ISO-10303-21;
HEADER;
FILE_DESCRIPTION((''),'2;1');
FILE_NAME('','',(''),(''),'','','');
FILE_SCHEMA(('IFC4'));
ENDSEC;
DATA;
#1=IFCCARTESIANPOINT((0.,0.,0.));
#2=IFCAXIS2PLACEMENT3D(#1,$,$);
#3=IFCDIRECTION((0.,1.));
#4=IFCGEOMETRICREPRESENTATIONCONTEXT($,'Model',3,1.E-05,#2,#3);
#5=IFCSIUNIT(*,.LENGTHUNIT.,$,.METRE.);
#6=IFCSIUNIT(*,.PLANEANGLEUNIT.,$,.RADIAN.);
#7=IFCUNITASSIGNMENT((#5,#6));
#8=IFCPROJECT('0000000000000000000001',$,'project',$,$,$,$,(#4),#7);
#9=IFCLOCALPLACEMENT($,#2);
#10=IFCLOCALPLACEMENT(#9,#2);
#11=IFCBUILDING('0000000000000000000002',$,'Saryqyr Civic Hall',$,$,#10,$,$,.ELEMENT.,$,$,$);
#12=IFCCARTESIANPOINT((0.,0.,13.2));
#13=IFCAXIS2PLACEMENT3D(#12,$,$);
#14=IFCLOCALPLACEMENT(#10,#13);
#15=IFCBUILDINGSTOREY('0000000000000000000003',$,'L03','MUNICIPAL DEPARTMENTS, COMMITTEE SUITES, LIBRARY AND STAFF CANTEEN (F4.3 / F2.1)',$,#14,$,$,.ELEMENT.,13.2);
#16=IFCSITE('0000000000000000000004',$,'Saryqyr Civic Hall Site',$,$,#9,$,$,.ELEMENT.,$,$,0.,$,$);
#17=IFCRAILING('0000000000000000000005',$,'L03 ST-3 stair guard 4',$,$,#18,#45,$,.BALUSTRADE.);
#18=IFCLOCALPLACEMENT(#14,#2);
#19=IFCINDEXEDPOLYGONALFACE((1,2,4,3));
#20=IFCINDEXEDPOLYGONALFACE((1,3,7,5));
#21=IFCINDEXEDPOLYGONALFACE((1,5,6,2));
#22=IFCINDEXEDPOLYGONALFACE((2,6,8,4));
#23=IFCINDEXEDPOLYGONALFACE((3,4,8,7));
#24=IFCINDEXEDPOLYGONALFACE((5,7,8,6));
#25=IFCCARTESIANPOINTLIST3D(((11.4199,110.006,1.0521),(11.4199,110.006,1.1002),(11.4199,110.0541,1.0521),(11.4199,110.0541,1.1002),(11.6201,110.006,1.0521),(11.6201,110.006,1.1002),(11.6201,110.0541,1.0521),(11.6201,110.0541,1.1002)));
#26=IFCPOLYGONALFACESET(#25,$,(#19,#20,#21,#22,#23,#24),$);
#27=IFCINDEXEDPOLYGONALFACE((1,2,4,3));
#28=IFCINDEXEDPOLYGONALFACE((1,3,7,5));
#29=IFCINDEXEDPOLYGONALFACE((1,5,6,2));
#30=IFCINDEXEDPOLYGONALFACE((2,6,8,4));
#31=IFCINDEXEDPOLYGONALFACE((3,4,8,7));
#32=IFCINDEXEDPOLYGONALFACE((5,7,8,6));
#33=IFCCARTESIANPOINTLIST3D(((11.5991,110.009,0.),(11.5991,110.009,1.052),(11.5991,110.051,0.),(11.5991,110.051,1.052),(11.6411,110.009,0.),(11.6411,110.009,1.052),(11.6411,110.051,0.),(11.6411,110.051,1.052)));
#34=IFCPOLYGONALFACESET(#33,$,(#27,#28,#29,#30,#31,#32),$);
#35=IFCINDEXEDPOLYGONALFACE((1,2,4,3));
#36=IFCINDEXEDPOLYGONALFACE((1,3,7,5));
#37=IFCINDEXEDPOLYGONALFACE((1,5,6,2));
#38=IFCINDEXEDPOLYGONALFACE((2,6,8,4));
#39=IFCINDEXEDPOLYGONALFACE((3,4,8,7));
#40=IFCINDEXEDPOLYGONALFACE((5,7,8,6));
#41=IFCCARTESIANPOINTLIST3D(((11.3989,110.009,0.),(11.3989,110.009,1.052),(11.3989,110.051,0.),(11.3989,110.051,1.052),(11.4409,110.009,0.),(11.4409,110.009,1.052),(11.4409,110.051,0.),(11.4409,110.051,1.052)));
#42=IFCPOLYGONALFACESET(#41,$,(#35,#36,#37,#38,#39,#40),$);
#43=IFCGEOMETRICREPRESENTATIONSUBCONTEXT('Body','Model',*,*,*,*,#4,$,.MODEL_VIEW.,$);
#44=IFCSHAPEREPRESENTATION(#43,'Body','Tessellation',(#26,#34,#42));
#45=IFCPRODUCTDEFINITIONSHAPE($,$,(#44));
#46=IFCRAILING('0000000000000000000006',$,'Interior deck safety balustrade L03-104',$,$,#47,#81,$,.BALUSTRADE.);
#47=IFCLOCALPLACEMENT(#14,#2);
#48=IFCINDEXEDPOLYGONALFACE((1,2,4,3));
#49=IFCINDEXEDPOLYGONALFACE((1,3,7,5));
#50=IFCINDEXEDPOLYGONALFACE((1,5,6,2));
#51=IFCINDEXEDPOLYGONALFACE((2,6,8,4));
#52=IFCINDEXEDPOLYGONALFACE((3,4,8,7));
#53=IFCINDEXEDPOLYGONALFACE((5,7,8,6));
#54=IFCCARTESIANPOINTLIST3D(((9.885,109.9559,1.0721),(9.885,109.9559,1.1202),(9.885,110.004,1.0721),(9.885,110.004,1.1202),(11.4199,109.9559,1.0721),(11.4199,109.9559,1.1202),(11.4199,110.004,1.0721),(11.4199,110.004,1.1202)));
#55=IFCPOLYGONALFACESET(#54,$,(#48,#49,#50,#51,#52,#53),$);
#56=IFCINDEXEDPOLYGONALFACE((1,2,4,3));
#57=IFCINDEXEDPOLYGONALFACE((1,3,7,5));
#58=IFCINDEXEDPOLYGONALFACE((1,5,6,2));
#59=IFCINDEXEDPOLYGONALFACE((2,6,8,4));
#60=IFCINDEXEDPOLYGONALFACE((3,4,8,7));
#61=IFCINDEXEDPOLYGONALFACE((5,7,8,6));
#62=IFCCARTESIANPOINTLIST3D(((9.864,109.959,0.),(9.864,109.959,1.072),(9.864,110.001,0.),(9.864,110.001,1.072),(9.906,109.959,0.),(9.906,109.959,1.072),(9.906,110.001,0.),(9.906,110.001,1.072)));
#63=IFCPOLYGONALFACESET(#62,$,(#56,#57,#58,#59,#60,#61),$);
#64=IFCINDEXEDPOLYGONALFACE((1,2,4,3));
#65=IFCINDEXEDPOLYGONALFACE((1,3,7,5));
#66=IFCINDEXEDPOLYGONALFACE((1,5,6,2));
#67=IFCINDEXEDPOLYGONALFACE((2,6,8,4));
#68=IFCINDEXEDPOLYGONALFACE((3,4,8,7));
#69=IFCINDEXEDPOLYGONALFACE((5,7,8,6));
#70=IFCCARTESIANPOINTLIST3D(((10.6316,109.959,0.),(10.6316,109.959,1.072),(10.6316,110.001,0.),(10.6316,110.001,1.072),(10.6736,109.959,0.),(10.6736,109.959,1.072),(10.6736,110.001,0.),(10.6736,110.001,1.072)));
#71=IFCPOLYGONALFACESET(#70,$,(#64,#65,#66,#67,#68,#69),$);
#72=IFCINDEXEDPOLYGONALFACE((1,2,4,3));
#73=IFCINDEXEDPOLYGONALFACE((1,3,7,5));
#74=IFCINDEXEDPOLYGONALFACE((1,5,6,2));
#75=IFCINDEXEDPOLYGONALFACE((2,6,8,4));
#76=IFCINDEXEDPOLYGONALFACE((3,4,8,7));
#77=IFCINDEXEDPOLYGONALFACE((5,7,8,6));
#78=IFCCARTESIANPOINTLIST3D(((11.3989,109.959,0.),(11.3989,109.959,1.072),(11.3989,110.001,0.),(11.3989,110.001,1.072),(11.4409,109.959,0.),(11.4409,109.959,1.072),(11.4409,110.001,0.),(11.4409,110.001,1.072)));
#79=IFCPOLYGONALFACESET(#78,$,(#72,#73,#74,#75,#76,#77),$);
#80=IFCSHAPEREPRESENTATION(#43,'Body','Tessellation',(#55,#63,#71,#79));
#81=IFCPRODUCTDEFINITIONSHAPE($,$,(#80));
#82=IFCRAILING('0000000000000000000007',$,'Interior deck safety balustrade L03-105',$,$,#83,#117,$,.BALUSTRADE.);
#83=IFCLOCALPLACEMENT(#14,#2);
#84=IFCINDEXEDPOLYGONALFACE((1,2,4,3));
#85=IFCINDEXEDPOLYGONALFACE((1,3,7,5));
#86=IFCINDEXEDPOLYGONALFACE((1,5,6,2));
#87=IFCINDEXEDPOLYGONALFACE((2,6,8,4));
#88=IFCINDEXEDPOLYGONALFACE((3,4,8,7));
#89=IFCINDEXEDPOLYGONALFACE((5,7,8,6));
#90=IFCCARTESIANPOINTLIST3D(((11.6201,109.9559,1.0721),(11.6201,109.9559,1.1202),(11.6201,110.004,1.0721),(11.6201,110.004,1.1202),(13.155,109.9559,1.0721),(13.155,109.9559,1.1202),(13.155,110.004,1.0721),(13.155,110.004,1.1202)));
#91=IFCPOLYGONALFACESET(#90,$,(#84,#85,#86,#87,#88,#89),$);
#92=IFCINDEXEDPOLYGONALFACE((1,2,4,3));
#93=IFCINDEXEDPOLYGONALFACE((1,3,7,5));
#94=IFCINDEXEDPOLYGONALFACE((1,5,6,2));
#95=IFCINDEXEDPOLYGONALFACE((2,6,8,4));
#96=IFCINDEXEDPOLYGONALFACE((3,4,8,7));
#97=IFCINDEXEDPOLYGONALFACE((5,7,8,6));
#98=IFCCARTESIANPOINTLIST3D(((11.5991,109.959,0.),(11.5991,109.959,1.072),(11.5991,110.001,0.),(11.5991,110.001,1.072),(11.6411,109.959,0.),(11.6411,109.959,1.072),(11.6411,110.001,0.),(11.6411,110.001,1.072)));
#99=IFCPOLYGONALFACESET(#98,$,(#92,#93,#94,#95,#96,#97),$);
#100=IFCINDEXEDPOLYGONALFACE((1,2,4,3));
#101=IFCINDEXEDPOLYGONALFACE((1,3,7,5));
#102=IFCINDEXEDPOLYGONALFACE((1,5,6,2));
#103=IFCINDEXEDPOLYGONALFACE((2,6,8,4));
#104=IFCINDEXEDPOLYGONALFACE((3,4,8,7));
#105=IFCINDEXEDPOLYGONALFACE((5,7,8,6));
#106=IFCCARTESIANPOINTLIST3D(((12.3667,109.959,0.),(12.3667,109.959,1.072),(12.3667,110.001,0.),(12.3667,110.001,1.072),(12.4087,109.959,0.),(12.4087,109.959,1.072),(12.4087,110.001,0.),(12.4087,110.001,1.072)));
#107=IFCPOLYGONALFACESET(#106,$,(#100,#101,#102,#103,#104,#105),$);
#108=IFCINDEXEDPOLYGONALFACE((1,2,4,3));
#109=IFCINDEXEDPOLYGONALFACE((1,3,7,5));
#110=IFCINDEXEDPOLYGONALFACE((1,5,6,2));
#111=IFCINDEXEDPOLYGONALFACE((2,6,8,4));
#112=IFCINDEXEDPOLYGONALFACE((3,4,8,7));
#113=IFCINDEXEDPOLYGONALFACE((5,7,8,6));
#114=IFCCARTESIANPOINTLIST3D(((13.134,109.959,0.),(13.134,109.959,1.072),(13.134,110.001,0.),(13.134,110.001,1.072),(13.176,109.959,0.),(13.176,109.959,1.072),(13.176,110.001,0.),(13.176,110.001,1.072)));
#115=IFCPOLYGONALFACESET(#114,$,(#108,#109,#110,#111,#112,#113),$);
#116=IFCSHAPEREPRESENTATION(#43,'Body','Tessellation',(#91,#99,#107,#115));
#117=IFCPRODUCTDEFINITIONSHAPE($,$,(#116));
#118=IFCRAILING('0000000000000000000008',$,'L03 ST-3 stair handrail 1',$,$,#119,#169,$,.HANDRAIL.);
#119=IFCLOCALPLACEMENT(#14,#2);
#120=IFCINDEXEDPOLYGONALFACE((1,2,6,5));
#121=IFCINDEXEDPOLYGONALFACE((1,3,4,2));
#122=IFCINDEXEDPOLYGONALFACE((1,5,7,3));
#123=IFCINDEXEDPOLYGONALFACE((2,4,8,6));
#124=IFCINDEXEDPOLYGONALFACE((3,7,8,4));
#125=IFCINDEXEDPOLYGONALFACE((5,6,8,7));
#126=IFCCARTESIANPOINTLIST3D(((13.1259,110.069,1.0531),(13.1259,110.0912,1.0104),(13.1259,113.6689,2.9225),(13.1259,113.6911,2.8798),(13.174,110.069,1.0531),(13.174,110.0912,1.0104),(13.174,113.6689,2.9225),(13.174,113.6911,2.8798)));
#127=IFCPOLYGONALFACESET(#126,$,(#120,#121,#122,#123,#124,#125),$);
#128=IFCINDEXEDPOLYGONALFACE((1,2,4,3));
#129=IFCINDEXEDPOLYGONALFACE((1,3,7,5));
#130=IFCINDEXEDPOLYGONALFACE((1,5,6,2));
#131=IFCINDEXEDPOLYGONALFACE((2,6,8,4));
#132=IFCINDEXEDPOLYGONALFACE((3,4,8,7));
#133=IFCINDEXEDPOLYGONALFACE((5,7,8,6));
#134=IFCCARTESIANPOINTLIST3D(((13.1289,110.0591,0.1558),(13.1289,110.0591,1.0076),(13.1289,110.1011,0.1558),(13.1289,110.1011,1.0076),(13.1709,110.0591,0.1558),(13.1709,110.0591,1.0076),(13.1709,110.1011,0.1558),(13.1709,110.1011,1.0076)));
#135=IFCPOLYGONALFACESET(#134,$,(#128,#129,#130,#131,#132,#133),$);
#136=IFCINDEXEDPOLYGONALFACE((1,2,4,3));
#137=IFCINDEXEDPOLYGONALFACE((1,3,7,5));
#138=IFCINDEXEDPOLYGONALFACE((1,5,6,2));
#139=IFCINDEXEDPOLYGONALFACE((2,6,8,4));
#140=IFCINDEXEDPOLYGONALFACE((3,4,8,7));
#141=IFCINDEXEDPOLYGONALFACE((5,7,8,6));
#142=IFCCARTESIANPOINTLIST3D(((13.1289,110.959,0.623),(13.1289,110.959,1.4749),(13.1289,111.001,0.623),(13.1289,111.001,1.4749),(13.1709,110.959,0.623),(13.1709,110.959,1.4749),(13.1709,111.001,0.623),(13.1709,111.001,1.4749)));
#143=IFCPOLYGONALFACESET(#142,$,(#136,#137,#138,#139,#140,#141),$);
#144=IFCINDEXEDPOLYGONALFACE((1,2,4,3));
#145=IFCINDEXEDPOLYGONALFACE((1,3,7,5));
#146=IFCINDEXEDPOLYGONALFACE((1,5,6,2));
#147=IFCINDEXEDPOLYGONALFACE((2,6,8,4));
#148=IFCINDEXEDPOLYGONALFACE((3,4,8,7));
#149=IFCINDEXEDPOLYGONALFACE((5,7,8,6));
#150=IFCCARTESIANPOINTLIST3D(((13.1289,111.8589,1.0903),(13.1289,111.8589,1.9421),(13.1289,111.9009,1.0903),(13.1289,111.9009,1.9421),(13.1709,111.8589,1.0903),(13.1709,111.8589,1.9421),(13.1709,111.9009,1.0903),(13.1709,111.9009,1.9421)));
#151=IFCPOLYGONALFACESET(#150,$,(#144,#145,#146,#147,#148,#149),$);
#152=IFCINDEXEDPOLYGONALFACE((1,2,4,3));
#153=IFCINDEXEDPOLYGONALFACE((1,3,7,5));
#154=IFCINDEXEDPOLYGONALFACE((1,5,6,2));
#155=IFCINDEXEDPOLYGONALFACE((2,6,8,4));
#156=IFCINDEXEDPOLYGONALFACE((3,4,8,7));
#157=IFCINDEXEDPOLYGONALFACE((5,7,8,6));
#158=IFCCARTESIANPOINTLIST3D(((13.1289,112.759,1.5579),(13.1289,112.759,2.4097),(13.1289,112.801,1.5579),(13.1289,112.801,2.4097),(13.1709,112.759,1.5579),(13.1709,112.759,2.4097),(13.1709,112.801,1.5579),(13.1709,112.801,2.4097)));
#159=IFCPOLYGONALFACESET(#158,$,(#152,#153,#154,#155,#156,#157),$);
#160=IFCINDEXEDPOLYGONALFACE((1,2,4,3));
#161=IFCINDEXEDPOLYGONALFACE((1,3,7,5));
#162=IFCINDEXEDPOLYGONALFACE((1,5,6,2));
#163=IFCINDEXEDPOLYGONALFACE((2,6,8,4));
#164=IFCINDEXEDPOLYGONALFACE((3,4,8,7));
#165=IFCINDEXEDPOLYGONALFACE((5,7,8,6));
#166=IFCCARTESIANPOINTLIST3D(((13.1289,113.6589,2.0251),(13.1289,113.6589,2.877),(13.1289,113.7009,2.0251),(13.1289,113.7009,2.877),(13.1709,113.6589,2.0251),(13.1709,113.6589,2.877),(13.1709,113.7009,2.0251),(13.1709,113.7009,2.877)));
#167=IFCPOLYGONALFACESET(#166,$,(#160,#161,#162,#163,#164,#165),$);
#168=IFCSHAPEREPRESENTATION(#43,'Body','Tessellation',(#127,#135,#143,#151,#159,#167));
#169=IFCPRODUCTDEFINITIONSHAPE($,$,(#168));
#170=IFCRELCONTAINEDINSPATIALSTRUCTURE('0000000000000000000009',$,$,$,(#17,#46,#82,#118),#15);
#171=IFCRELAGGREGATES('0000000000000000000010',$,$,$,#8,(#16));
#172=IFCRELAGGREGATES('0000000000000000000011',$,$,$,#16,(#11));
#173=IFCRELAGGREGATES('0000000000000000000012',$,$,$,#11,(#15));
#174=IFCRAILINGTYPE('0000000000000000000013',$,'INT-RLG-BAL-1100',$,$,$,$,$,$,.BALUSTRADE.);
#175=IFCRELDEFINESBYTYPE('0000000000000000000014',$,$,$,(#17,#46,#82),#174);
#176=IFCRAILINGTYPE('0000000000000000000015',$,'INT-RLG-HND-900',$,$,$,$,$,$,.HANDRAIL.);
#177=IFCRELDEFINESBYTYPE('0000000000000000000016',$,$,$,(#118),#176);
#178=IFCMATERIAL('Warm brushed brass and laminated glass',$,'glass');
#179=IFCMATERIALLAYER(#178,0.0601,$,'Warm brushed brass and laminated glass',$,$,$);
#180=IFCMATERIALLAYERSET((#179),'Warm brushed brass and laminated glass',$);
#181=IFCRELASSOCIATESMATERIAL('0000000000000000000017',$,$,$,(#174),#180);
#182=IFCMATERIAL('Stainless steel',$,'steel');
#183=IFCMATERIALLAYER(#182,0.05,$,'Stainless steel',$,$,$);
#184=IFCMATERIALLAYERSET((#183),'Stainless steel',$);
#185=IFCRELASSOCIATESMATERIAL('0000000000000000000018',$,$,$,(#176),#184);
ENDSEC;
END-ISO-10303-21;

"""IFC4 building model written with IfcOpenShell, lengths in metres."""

from ifc_helpers import new_model, si_unit, direction, frame, origin, origin_2d, place, context, subcontext, project, spatial, rectangle, extrude, material, layer, layer_set, type_object, element, save


model = new_model("IFC4")

# Units and contexts
model_context = context("Model", 3, precision=1e-05, world=origin(), true_north=direction((0.0, 1.0)))
body_context = subcontext(model_context, "Body", "Model", "MODEL_VIEW")
ifc_project = project(units=[si_unit("LENGTHUNIT", "METRE"), si_unit("PLANEANGLEUNIT", "RADIAN")], contexts=[model_context])

# Site, building, storey
site_placement = place(None, origin())
site = spatial("IfcSite", under=ifc_project, at=site_placement, Name="Saryqyr Civic Hall Site", CompositionType="ELEMENT", RefElevation=0.0)
building_placement = place(site_placement, origin())
building = spatial("IfcBuilding", under=site, at=building_placement, Name="Saryqyr Civic Hall", CompositionType="ELEMENT")
storey_placement = place(building_placement, frame((0.0, 0.0, 13.2)))
storey = spatial("IfcBuildingStorey", under=building, at=storey_placement, Name="L03", Description="MUNICIPAL DEPARTMENTS, COMMITTEE SUITES, LIBRARY AND STAFF CANTEEN (F4.3 / F2.1)", CompositionType="ELEMENT", Elevation=13.2)

# Railings
ifc_material_1 = material(Name="Warm brushed brass and laminated glass", Category="glass")
ifc_layer_1 = layer(ifc_material_1, 0.0601, Name="Warm brushed brass and laminated glass")
ifc_layer_set_1 = layer_set([ifc_layer_1], Name="Warm brushed brass and laminated glass")
railing_type_1 = type_object("IfcRailingType", Name="INT-RLG-BAL-1100", PredefinedType="BALUSTRADE", material=ifc_layer_set_1)
railing_1_placement = place(storey_placement, frame((11.6201, 110.03, 0.0)))
element("IfcRailing", 1, at=railing_1_placement, inside=storey, type_object=railing_type_1, Name="L03 ST-3 stair guard 4", PredefinedType="BALUSTRADE", context=body_context, shape_type="SweptSolid", body=[
    extrude(rectangle(XDim=0.0481, YDim=0.0481, at=origin_2d()), frame((0.0, 0.0, 1.0762), z_axis=(-1.0, 0.0, 0.0), x_axis=(0.0, -1.0, 0.0)), (0.0, 0.0, 1.0), 0.2002),
    extrude(rectangle(XDim=0.042, YDim=0.042, at=origin_2d()), origin(), (0.0, 0.0, 1.0), 1.052),
    extrude(rectangle(XDim=0.042, YDim=0.042, at=origin_2d()), frame((-0.2002, 0.0, 0.0)), (0.0, 0.0, 1.0), 1.052),
])
for number, where, name in (
    (2, (9.885, 109.98, 0.0), "Interior deck safety balustrade L03-104"),
    (3, (11.6201, 109.98, 0.0), "Interior deck safety balustrade L03-105"),
):
    element("IfcRailing", number, at=place(storey_placement, frame(where)), inside=storey, type_object=railing_type_1, Name=name, PredefinedType="BALUSTRADE", context=body_context, shape_type="SweptSolid", body=[
        extrude(rectangle(XDim=0.0481, YDim=0.0481, at=origin_2d()), frame((0.0, 0.0, 1.0962), z_axis=(1.0, 0.0, 0.0), x_axis=(0.0, 1.0, 0.0)), (0.0, 0.0, 1.0), 1.5349),
        extrude(rectangle(XDim=0.042, YDim=0.042, at=origin_2d()), origin(), (0.0, 0.0, 1.0), 1.072),
        extrude(rectangle(XDim=0.042, YDim=0.042, at=origin_2d()), frame((0.7676, 0.0, 0.0)), (0.0, 0.0, 1.0), 1.072),
        extrude(rectangle(XDim=0.042, YDim=0.042, at=origin_2d()), frame((1.5349, 0.0, 0.0)), (0.0, 0.0, 1.0), 1.072),
    ])
ifc_material_2 = material(Name="Stainless steel", Category="steel")
ifc_layer_2 = layer(ifc_material_2, 0.05, Name="Stainless steel")
ifc_layer_set_2 = layer_set([ifc_layer_2], Name="Stainless steel")
railing_type_2 = type_object("IfcRailingType", Name="INT-RLG-HND-900", PredefinedType="HANDRAIL", material=ifc_layer_set_2)
railing_2_placement = place(storey_placement, frame((13.1499, 110.0801, 0.1558)))
element("IfcRailing", 4, at=railing_2_placement, inside=storey, type_object=railing_type_2, Name="L03 ST-3 stair handrail 1", PredefinedType="HANDRAIL", context=body_context, shape_type="SweptSolid", body=[
    extrude(rectangle(XDim=0.0481, YDim=0.0481, at=origin_2d()), frame((0.0, 0.0, 0.876), z_axis=(0.0, 0.887473, 0.46086), x_axis=(-1.0, 0.0, 0.0)), (0.0, 0.0, 1.0), 4.0564),
    extrude(rectangle(XDim=0.042, YDim=0.042, at=origin_2d()), origin(), (0.0, 0.0, 1.0), 0.8518),
    extrude(rectangle(XDim=0.042, YDim=0.042, at=origin_2d()), frame((0.0, 0.8999, 0.4673)), (0.0, 0.0, 1.0), 0.8518),
    extrude(rectangle(XDim=0.042, YDim=0.042, at=origin_2d()), frame((0.0, 1.7998, 0.9346)), (0.0, 0.0, 1.0), 0.8518),
    extrude(rectangle(XDim=0.042, YDim=0.042, at=origin_2d()), frame((0.0, 2.7, 1.4021)), (0.0, 0.0, 1.0), 0.8518),
    extrude(rectangle(XDim=0.042, YDim=0.042, at=origin_2d()), frame((0.0, 3.5999, 1.8694)), (0.0, 0.0, 1.0), 0.8518),
])

save(model, "model.ifc")
